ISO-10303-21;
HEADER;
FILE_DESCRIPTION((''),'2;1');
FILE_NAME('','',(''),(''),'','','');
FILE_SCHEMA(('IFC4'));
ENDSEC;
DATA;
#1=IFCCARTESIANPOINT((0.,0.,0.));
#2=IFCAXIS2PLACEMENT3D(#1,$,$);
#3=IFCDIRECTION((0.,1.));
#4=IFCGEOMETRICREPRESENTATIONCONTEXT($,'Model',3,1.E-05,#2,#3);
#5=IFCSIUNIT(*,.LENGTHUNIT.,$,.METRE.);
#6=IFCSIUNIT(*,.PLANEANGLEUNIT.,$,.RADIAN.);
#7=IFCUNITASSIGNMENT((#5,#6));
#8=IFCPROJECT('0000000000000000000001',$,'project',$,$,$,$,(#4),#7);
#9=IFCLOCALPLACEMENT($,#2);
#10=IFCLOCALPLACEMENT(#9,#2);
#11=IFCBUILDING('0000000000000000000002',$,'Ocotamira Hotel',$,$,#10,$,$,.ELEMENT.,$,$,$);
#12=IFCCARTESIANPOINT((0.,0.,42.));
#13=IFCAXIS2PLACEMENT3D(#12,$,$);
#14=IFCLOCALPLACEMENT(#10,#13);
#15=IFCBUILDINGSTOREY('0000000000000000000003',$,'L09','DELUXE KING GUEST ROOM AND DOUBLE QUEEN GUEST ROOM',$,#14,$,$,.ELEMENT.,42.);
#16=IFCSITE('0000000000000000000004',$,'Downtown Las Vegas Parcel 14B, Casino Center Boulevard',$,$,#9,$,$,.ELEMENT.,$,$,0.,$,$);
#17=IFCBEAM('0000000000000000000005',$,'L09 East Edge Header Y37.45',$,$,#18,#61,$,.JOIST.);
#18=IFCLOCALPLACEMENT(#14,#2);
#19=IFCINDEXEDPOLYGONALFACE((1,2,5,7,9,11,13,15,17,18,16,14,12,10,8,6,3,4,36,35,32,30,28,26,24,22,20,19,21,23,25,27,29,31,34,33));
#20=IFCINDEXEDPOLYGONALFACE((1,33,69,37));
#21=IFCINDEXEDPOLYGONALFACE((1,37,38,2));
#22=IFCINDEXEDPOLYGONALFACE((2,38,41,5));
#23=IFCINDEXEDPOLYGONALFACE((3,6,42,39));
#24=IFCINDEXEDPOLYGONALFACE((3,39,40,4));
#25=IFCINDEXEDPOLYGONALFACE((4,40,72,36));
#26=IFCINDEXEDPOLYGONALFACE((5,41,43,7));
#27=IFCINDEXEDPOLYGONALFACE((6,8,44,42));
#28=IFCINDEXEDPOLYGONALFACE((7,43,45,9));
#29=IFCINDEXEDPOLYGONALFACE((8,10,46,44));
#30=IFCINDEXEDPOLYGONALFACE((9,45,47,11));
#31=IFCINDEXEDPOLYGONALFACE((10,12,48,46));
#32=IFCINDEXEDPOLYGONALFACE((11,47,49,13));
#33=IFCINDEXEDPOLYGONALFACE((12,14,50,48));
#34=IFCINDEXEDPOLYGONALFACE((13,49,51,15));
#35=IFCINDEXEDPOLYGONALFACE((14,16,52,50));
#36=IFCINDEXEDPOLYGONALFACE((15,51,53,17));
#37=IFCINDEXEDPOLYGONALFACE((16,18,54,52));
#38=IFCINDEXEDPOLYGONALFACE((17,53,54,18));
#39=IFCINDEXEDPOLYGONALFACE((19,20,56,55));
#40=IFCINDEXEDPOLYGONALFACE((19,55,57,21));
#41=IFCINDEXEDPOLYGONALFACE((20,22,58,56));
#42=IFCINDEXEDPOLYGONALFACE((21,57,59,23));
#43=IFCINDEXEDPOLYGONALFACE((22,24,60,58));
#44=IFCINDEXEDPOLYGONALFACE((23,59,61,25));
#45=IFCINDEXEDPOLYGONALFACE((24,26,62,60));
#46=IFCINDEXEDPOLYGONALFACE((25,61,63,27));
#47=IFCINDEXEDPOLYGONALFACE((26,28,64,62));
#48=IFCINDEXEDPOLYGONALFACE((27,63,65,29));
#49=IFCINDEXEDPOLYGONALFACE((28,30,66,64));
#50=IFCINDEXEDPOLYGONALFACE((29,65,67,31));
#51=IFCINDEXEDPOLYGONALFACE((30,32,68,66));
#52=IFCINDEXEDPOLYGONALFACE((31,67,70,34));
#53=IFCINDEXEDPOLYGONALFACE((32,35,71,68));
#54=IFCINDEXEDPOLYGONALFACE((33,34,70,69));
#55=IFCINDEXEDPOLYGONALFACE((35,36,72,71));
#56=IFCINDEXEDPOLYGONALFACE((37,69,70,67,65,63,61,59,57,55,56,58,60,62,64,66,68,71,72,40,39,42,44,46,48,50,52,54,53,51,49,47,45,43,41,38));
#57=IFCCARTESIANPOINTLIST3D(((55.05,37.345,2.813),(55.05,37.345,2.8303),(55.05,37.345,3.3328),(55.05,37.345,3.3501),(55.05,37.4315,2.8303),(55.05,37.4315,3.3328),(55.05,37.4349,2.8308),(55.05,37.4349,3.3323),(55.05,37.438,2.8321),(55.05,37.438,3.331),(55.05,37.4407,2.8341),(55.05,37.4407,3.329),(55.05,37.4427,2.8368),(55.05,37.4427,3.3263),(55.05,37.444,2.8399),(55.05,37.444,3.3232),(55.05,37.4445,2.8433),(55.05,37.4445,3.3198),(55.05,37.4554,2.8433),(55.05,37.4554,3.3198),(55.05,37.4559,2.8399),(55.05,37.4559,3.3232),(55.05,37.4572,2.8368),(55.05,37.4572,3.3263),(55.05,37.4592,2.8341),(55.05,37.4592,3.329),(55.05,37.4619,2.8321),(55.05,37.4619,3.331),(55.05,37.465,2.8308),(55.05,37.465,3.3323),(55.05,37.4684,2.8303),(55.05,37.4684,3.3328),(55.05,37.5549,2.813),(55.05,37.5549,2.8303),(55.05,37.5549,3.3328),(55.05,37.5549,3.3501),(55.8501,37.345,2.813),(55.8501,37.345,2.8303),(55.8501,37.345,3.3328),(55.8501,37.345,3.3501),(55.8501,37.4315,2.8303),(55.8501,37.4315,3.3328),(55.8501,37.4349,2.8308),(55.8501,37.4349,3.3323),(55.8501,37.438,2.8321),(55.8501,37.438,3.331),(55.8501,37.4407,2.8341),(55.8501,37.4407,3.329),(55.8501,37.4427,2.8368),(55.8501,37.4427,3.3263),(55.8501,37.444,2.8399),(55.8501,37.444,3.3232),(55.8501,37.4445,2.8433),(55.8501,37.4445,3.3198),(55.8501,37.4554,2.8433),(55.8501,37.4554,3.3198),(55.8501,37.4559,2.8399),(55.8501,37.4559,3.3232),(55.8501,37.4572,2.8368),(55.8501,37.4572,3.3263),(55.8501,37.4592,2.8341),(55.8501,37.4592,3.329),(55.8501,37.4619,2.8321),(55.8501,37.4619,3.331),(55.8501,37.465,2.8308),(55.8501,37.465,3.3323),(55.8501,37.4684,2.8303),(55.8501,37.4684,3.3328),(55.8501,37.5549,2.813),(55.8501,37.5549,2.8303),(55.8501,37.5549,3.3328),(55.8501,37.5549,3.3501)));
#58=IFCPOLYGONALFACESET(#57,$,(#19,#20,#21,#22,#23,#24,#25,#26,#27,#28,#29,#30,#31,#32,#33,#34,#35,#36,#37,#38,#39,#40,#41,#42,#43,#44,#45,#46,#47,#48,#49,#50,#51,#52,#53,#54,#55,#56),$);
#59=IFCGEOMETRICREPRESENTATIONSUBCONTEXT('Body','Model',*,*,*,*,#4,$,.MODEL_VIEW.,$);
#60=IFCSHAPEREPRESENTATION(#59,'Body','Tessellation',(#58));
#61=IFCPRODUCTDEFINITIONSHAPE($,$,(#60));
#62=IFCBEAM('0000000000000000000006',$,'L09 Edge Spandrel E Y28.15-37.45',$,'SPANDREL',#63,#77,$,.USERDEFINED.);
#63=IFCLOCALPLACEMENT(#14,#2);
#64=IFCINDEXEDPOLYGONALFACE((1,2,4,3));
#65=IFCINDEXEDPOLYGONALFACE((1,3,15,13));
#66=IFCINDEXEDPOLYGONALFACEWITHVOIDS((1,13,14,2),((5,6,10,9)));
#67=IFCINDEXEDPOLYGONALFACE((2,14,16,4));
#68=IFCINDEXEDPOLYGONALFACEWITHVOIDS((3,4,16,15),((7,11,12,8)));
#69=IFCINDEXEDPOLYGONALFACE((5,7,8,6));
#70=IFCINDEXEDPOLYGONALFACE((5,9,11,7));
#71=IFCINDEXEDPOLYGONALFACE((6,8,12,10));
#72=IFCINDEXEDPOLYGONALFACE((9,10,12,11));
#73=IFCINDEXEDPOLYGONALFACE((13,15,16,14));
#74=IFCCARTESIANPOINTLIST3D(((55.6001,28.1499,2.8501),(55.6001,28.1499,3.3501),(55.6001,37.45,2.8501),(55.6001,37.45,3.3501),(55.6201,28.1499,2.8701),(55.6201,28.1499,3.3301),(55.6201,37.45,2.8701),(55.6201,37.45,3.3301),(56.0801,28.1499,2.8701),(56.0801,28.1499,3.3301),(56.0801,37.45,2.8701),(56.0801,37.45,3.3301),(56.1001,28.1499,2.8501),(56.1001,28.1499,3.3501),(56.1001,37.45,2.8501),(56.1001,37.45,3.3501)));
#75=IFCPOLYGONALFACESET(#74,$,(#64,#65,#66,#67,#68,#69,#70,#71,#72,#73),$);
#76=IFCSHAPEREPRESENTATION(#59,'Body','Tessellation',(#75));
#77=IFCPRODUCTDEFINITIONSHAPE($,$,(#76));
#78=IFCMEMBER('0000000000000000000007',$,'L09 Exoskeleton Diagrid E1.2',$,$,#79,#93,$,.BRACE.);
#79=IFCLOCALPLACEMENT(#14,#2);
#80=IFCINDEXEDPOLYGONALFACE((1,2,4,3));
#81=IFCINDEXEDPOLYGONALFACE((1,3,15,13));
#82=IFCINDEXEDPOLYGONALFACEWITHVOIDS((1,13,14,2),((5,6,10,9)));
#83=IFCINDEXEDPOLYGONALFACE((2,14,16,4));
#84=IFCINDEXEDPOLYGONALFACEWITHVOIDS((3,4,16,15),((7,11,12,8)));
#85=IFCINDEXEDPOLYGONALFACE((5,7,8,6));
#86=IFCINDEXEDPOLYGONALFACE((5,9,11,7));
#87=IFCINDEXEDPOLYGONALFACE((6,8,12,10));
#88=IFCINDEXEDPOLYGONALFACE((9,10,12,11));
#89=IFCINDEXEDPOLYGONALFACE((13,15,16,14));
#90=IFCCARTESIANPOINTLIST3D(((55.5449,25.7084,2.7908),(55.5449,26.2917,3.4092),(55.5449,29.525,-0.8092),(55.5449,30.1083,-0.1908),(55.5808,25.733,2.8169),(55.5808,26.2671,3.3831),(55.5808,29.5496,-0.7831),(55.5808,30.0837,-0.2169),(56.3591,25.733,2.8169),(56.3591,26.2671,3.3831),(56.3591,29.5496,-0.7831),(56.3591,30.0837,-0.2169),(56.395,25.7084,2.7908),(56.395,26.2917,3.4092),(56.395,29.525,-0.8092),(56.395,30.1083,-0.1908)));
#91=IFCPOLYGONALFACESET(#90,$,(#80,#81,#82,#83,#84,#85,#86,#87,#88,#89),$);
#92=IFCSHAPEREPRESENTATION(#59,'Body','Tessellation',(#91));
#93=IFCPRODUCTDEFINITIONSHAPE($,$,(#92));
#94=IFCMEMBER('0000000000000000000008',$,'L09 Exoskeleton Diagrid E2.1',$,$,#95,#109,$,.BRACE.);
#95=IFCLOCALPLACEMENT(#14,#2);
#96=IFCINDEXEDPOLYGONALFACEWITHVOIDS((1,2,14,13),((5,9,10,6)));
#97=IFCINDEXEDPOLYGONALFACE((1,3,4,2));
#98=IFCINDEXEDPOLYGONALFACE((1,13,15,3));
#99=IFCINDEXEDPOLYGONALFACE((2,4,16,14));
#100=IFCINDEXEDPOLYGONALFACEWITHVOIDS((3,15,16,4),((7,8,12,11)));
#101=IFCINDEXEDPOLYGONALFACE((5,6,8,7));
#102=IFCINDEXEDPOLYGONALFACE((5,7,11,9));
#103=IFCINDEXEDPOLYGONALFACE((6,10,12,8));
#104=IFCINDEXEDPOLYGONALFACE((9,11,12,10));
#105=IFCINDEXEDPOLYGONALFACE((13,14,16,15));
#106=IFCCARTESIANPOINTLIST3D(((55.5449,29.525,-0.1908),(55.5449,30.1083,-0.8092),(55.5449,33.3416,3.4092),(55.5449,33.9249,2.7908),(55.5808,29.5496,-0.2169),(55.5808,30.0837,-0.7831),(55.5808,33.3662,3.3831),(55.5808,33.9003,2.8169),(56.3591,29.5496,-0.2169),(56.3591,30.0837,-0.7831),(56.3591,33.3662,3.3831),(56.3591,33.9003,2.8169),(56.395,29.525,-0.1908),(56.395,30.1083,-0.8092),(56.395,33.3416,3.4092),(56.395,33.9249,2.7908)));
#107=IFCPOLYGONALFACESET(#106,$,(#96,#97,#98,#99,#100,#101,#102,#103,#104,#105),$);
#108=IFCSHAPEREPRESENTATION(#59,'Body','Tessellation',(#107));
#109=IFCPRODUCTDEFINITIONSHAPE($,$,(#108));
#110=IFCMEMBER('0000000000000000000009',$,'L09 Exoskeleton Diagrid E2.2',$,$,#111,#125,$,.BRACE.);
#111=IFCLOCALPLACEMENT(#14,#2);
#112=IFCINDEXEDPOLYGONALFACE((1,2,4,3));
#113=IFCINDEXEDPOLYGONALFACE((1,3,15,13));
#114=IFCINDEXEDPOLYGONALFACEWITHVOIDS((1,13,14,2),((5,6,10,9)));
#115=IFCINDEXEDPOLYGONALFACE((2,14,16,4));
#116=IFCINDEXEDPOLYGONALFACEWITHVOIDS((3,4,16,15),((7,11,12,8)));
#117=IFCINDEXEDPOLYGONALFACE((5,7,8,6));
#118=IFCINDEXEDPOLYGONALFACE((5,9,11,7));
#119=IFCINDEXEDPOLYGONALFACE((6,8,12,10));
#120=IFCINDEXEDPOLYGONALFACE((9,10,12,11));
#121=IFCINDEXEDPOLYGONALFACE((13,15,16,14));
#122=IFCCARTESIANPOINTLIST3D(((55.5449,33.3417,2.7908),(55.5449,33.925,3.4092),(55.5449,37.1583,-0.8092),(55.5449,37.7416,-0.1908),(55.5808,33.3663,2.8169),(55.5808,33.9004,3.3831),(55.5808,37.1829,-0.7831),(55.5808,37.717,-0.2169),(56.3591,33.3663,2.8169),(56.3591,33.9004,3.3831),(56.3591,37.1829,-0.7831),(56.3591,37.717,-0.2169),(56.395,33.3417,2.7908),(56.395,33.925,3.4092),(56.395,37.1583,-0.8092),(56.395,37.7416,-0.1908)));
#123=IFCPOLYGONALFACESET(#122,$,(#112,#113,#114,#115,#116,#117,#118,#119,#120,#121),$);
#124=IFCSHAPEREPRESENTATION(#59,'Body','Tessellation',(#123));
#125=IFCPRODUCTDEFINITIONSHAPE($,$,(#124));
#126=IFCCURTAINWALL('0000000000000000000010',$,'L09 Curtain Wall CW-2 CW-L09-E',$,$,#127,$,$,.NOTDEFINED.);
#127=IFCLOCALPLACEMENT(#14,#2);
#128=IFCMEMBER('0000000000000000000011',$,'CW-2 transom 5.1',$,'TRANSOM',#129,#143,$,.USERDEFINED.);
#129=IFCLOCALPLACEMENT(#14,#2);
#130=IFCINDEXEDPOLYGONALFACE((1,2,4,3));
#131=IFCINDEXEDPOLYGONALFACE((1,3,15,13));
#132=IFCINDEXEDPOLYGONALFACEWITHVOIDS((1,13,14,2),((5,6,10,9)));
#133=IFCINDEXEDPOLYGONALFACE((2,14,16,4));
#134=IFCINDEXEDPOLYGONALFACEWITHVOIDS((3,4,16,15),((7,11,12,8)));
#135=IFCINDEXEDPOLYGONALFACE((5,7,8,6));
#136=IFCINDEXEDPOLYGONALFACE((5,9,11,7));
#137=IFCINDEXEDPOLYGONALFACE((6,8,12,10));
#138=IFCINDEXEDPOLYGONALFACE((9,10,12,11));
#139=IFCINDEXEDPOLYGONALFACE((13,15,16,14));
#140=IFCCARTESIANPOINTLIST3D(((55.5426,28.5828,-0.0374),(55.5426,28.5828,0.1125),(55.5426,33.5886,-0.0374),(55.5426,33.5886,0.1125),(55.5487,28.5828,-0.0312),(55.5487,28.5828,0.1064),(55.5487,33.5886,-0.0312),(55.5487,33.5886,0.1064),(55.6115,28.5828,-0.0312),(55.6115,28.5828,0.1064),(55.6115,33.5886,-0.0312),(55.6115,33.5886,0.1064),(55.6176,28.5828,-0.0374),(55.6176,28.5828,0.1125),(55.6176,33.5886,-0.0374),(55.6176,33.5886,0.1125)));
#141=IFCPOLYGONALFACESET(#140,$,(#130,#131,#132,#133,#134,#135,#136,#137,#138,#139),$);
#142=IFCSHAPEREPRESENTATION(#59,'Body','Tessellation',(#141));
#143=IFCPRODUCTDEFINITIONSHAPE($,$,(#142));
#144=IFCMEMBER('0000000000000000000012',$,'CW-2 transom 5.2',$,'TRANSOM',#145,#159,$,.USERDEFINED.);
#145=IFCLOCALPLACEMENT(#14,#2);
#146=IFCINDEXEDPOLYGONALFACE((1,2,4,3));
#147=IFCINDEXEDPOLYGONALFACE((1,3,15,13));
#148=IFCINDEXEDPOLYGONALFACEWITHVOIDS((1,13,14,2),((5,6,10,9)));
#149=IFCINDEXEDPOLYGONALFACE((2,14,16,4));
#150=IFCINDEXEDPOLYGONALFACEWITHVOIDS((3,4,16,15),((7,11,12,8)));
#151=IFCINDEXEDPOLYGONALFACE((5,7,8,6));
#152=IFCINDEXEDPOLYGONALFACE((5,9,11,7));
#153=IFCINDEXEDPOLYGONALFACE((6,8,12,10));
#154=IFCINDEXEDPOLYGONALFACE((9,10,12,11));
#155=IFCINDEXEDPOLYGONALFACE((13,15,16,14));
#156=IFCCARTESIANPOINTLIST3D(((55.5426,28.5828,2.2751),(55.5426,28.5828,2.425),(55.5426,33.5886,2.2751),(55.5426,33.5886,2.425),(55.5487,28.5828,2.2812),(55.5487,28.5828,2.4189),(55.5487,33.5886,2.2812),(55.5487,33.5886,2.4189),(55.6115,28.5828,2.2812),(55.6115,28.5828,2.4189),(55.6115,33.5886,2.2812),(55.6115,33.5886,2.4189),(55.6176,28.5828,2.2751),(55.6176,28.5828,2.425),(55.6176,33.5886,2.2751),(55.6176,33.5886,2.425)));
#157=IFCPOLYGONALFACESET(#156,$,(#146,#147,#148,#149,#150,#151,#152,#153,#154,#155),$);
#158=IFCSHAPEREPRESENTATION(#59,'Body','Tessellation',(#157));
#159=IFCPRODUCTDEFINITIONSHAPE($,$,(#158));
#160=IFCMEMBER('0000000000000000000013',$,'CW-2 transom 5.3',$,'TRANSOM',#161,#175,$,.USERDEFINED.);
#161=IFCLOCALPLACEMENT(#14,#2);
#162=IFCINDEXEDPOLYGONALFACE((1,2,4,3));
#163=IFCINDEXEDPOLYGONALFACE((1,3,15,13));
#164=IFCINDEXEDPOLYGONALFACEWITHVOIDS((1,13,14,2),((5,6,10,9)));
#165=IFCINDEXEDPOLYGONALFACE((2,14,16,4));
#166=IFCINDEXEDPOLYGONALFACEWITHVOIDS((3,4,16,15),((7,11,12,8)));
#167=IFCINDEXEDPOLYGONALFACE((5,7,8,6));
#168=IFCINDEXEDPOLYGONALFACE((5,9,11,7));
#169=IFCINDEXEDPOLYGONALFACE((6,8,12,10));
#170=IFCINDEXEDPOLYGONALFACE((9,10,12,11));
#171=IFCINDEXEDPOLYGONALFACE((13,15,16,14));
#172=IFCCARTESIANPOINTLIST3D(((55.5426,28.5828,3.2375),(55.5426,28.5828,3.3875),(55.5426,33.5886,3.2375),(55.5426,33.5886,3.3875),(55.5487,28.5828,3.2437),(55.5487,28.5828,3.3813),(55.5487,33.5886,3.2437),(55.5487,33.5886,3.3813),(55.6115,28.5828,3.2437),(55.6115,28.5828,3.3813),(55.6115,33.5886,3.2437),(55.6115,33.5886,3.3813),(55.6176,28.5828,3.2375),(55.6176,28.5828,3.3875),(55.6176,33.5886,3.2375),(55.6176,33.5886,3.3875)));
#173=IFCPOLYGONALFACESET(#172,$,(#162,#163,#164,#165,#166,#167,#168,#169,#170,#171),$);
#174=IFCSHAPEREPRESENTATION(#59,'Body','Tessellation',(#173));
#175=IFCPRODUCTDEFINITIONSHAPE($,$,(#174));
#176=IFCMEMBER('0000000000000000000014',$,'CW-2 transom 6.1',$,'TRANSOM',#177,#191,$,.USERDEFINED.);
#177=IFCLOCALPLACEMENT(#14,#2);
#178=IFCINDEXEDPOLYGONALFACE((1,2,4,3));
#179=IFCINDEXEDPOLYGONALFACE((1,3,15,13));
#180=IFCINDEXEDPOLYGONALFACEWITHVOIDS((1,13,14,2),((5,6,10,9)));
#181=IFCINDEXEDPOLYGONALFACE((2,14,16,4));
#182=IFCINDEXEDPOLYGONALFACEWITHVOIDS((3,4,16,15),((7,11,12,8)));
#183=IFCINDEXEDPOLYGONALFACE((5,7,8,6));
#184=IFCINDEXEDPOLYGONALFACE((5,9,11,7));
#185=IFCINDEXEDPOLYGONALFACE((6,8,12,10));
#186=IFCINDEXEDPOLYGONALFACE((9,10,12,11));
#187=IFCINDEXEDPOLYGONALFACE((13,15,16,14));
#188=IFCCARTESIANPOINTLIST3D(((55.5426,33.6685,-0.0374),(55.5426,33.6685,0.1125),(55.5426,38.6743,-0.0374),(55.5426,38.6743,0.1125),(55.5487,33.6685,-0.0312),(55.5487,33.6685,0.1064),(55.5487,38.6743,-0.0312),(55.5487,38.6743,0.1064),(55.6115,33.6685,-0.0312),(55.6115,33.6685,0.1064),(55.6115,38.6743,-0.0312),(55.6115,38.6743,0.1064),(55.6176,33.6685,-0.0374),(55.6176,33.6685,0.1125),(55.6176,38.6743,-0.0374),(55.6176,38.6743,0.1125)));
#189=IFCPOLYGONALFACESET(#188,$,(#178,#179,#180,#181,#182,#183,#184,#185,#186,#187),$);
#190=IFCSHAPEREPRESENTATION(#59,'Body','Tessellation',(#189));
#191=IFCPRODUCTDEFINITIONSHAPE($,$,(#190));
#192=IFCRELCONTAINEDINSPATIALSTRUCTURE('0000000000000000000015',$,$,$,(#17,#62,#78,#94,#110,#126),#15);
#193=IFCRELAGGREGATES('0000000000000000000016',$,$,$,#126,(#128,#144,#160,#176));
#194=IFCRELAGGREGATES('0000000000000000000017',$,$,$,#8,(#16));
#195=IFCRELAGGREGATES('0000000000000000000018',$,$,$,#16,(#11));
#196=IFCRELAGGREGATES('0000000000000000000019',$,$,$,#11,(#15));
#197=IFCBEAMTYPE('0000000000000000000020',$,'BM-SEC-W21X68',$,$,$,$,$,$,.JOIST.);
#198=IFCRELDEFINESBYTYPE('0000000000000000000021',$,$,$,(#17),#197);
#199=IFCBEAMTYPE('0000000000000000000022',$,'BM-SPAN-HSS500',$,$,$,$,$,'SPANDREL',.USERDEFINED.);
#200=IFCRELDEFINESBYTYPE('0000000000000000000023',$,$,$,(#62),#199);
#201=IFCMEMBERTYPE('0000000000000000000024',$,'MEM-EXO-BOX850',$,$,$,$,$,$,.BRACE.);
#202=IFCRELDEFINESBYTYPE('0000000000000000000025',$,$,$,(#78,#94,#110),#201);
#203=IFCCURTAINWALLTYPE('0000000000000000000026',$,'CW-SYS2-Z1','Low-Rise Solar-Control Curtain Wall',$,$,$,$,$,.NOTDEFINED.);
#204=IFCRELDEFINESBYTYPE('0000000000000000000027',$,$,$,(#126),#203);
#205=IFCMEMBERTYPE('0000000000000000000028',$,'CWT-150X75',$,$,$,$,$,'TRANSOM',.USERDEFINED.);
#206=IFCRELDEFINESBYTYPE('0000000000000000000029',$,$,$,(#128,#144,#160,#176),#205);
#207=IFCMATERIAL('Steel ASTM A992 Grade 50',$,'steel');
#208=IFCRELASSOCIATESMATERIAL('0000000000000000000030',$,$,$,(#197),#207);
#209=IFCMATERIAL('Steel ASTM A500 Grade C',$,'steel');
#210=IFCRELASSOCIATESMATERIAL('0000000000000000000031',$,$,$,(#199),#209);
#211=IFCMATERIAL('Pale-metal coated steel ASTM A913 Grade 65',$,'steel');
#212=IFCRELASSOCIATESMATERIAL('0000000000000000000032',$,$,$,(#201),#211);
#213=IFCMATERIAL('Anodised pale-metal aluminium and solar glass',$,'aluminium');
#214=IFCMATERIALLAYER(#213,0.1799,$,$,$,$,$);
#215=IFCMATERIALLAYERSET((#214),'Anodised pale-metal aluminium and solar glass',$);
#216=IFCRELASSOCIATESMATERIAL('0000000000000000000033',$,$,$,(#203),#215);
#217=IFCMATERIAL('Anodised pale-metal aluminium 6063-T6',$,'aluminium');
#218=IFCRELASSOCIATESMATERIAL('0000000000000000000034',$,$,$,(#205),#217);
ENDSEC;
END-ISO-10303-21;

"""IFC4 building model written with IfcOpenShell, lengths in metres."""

from ifc_helpers import new_model, si_unit, direction, frame, origin, origin_2d, place, context, subcontext, project, spatial, hollow_rectangle, i_section, extrude, source, transform, mapped, material, layer, layer_set, material_profile, profile_set, type_object, element, aggregate, save


model = new_model("IFC4")

# Units and contexts
model_context = context("Model", 3, precision=1e-05, world=origin(), true_north=direction((0.0, 1.0)))
body_context = subcontext(model_context, "Body", "Model", "MODEL_VIEW")
ifc_project = project(units=[si_unit("LENGTHUNIT", "METRE"), si_unit("PLANEANGLEUNIT", "RADIAN")], contexts=[model_context])

# Site, building, storey
site_placement = place(None, origin())
site = spatial("IfcSite", under=ifc_project, at=site_placement, Name="Downtown Las Vegas Parcel 14B, Casino Center Boulevard", CompositionType="ELEMENT", RefElevation=0.0)
building_placement = place(site_placement, origin())
building = spatial("IfcBuilding", under=site, at=building_placement, Name="Ocotamira Hotel", CompositionType="ELEMENT")
storey_placement = place(building_placement, frame((0.0, 0.0, 42.0)))
storey = spatial("IfcBuildingStorey", under=building, at=storey_placement, Name="L09", Description="DELUXE KING GUEST ROOM AND DOUBLE QUEEN GUEST ROOM", CompositionType="ELEMENT", Elevation=42.0)

# Beams
ifc_material_1 = material(Name="Steel ASTM A500 Grade C", Category="steel")
ifc_material_2 = material(Name="Steel ASTM A992 Grade 50", Category="steel")
ifc_material_profile_1 = material_profile(ifc_material_2, i_section(OverallWidth=0.21, OverallDepth=0.5371, WebThickness=0.011, FlangeThickness=0.0173, FilletRadius=0.0129, at=origin_2d()), Name="W21X68")
ifc_profile_set_1 = profile_set([ifc_material_profile_1], Name="Steel ASTM A992 Grade 50")
beam_type_1 = type_object("IfcBeamType", Name="BM-SEC-W21X68", PredefinedType="JOIST", material=ifc_profile_set_1)
shared_shape_1 = source(origin(), body_context, "Body", "SweptSolid", [
    extrude(i_section(OverallWidth=0.21, OverallDepth=0.5371, WebThickness=0.011, FlangeThickness=0.0173, FilletRadius=0.0129, at=origin_2d()), origin(), (0.0, 0.0, 1.0), 0.8),
])
for number, where, z_axis, x_axis, name in (
    (1, (55.05, 37.45, 3.0815), (1.0, 0.0, 0.0), (0.0, 1.0, 0.0), "L09 East Edge Header Y37.45"),
):
    element("IfcBeam", number, at=place(storey_placement, frame(where, z_axis=z_axis, x_axis=x_axis)), inside=storey, type_object=beam_type_1, Name=name, PredefinedType="JOIST", context=body_context, shape_type="MappedRepresentation", body=[
        mapped(shared_shape_1, transform((0.0, 0.0, 0.0), scale=1.0)),
    ])
ifc_material_profile_2 = material_profile(ifc_material_1, hollow_rectangle(XDim=0.5, YDim=0.5, WallThickness=0.02, at=origin_2d()), Name="HSS500X500X20")
ifc_profile_set_2 = profile_set([ifc_material_profile_2], Name="Steel ASTM A500 Grade C")
beam_type_2 = type_object("IfcBeamType", Name="BM-SPAN-HSS500", ElementType="SPANDREL", PredefinedType="USERDEFINED", material=ifc_profile_set_2)
shared_shape_2 = source(origin(), body_context, "Body", "SweptSolid", [
    extrude(hollow_rectangle(XDim=0.5, YDim=0.5, WallThickness=0.02, at=origin_2d()), origin(), (0.0, 0.0, 1.0), 9.3),
])
beam_1_placement = place(storey_placement, frame((55.8501, 28.1499, 3.1001), z_axis=(0.0, 1.0, 0.0), x_axis=(-1.0, 0.0, 0.0)))
element("IfcBeam", 2, at=beam_1_placement, inside=storey, type_object=beam_type_2, Name="L09 Edge Spandrel E Y28.15-37.45", ObjectType="SPANDREL", PredefinedType="USERDEFINED", context=body_context, shape_type="MappedRepresentation", body=[
    mapped(shared_shape_2, transform((0.0, 0.0, 0.0), scale=1.0)),
])

# Members
ifc_material_3 = material(Name="Pale-metal coated steel ASTM A913 Grade 65", Category="steel")
ifc_material_profile_3 = material_profile(ifc_material_3, hollow_rectangle(XDim=0.8501, YDim=0.8501, WallThickness=0.0359, at=origin_2d()), Name="BOX850X850X36")
ifc_profile_set_3 = profile_set([ifc_material_profile_3], Name="Pale-metal coated steel ASTM A913 Grade 65")
member_type_1 = type_object("IfcMemberType", Name="MEM-EXO-BOX850", PredefinedType="BRACE", material=ifc_profile_set_3)
shared_shape_3 = source(origin(), body_context, "Body", "SweptSolid", [
    extrude(hollow_rectangle(XDim=0.8501, YDim=0.8501, WallThickness=0.0359, at=origin_2d()), origin(), (0.0, 0.0, 1.0), 5.2466),
])
for number, where, z_axis, x_axis, name in (
    (3, (55.97, 29.8167, -0.5), (0.0, -0.727443, 0.686168), (1.0, 0.0, 0.0), "L09 Exoskeleton Diagrid E1.2"),
    (4, (55.97, 29.8167, -0.5), (0.0, 0.727443, 0.686168), (-1.0, 0.0, 0.0), "L09 Exoskeleton Diagrid E2.1"),
    (5, (55.97, 37.45, -0.5), (0.0, -0.727443, 0.686168), (1.0, 0.0, 0.0), "L09 Exoskeleton Diagrid E2.2"),
):
    element("IfcMember", number, at=place(storey_placement, frame(where, z_axis=z_axis, x_axis=x_axis)), inside=storey, type_object=member_type_1, Name=name, PredefinedType="BRACE", context=body_context, shape_type="MappedRepresentation", body=[
        mapped(shared_shape_3, transform((0.0, 0.0, 0.0), scale=1.0)),
    ])

# Curtain wall, members
ifc_material_4 = material(Name="Anodised pale-metal aluminium and solar glass", Category="aluminium")
ifc_layer_1 = layer(ifc_material_4, 0.1799)
ifc_layer_set_1 = layer_set([ifc_layer_1], Name="Anodised pale-metal aluminium and solar glass")
curtain_wall_type = type_object("IfcCurtainWallType", Name="CW-SYS2-Z1", Description="Low-Rise Solar-Control Curtain Wall", PredefinedType="NOTDEFINED", material=ifc_layer_set_1)
curtain_wall_placement = place(storey_placement, origin())
curtain_wall = element("IfcCurtainWall", 6, at=curtain_wall_placement, inside=storey, type_object=curtain_wall_type, Name="L09 Curtain Wall CW-2 CW-L09-E", PredefinedType="NOTDEFINED")
ifc_material_5 = material(Name="Anodised pale-metal aluminium 6063-T6", Category="aluminium")
ifc_material_profile_4 = material_profile(ifc_material_5, hollow_rectangle(XDim=0.075, YDim=0.1499, WallThickness=0.0061, at=origin_2d()), Name="HSS150X75X6")
ifc_profile_set_4 = profile_set([ifc_material_profile_4], Name="Anodised pale-metal aluminium 6063-T6")
member_type_2 = type_object("IfcMemberType", Name="CWT-150X75", ElementType="TRANSOM", PredefinedType="USERDEFINED", material=ifc_profile_set_4)
shared_shape_4 = source(origin(), body_context, "Body", "SweptSolid", [
    extrude(hollow_rectangle(XDim=0.075, YDim=0.1499, WallThickness=0.0061, at=origin_2d()), origin(), (0.0, 0.0, 1.0), 5.0059),
])
member_1_placement = place(storey_placement, frame((55.5801, 28.5828, 0.0376), z_axis=(0.0, 1.0, 0.0), x_axis=(-1.0, 0.0, 0.0)))
member_1 = element("IfcMember", 7, at=member_1_placement, type_object=member_type_2, Name="CW-2 transom 5.1", ObjectType="TRANSOM", PredefinedType="USERDEFINED", context=body_context, shape_type="MappedRepresentation", body=[
    mapped(shared_shape_4, transform((0.0, 0.0, 0.0), scale=1.0)),
])
member_2_placement = place(storey_placement, frame((55.5801, 28.5828, 2.3501), z_axis=(0.0, 1.0, 0.0), x_axis=(-1.0, 0.0, 0.0)))
member_2 = element("IfcMember", 8, at=member_2_placement, type_object=member_type_2, Name="CW-2 transom 5.2", ObjectType="TRANSOM", PredefinedType="USERDEFINED", context=body_context, shape_type="MappedRepresentation", body=[
    mapped(shared_shape_4, transform((0.0, 0.0, 0.0), scale=1.0)),
])
member_3_placement = place(storey_placement, frame((55.5801, 28.5828, 3.3125), z_axis=(0.0, 1.0, 0.0), x_axis=(-1.0, 0.0, 0.0)))
member_3 = element("IfcMember", 9, at=member_3_placement, type_object=member_type_2, Name="CW-2 transom 5.3", ObjectType="TRANSOM", PredefinedType="USERDEFINED", context=body_context, shape_type="MappedRepresentation", body=[
    mapped(shared_shape_4, transform((0.0, 0.0, 0.0), scale=1.0)),
])
member_4_placement = place(storey_placement, frame((55.5801, 33.6685, 0.0376), z_axis=(0.0, 1.0, 0.0), x_axis=(-1.0, 0.0, 0.0)))
member_4 = element("IfcMember", 10, at=member_4_placement, type_object=member_type_2, Name="CW-2 transom 6.1", ObjectType="TRANSOM", PredefinedType="USERDEFINED", context=body_context, shape_type="MappedRepresentation", body=[
    mapped(shared_shape_4, transform((0.0, 0.0, 0.0), scale=1.0)),
])

aggregate(curtain_wall, [member_1, member_2, member_3, member_4])

save(model, "model.ifc")
